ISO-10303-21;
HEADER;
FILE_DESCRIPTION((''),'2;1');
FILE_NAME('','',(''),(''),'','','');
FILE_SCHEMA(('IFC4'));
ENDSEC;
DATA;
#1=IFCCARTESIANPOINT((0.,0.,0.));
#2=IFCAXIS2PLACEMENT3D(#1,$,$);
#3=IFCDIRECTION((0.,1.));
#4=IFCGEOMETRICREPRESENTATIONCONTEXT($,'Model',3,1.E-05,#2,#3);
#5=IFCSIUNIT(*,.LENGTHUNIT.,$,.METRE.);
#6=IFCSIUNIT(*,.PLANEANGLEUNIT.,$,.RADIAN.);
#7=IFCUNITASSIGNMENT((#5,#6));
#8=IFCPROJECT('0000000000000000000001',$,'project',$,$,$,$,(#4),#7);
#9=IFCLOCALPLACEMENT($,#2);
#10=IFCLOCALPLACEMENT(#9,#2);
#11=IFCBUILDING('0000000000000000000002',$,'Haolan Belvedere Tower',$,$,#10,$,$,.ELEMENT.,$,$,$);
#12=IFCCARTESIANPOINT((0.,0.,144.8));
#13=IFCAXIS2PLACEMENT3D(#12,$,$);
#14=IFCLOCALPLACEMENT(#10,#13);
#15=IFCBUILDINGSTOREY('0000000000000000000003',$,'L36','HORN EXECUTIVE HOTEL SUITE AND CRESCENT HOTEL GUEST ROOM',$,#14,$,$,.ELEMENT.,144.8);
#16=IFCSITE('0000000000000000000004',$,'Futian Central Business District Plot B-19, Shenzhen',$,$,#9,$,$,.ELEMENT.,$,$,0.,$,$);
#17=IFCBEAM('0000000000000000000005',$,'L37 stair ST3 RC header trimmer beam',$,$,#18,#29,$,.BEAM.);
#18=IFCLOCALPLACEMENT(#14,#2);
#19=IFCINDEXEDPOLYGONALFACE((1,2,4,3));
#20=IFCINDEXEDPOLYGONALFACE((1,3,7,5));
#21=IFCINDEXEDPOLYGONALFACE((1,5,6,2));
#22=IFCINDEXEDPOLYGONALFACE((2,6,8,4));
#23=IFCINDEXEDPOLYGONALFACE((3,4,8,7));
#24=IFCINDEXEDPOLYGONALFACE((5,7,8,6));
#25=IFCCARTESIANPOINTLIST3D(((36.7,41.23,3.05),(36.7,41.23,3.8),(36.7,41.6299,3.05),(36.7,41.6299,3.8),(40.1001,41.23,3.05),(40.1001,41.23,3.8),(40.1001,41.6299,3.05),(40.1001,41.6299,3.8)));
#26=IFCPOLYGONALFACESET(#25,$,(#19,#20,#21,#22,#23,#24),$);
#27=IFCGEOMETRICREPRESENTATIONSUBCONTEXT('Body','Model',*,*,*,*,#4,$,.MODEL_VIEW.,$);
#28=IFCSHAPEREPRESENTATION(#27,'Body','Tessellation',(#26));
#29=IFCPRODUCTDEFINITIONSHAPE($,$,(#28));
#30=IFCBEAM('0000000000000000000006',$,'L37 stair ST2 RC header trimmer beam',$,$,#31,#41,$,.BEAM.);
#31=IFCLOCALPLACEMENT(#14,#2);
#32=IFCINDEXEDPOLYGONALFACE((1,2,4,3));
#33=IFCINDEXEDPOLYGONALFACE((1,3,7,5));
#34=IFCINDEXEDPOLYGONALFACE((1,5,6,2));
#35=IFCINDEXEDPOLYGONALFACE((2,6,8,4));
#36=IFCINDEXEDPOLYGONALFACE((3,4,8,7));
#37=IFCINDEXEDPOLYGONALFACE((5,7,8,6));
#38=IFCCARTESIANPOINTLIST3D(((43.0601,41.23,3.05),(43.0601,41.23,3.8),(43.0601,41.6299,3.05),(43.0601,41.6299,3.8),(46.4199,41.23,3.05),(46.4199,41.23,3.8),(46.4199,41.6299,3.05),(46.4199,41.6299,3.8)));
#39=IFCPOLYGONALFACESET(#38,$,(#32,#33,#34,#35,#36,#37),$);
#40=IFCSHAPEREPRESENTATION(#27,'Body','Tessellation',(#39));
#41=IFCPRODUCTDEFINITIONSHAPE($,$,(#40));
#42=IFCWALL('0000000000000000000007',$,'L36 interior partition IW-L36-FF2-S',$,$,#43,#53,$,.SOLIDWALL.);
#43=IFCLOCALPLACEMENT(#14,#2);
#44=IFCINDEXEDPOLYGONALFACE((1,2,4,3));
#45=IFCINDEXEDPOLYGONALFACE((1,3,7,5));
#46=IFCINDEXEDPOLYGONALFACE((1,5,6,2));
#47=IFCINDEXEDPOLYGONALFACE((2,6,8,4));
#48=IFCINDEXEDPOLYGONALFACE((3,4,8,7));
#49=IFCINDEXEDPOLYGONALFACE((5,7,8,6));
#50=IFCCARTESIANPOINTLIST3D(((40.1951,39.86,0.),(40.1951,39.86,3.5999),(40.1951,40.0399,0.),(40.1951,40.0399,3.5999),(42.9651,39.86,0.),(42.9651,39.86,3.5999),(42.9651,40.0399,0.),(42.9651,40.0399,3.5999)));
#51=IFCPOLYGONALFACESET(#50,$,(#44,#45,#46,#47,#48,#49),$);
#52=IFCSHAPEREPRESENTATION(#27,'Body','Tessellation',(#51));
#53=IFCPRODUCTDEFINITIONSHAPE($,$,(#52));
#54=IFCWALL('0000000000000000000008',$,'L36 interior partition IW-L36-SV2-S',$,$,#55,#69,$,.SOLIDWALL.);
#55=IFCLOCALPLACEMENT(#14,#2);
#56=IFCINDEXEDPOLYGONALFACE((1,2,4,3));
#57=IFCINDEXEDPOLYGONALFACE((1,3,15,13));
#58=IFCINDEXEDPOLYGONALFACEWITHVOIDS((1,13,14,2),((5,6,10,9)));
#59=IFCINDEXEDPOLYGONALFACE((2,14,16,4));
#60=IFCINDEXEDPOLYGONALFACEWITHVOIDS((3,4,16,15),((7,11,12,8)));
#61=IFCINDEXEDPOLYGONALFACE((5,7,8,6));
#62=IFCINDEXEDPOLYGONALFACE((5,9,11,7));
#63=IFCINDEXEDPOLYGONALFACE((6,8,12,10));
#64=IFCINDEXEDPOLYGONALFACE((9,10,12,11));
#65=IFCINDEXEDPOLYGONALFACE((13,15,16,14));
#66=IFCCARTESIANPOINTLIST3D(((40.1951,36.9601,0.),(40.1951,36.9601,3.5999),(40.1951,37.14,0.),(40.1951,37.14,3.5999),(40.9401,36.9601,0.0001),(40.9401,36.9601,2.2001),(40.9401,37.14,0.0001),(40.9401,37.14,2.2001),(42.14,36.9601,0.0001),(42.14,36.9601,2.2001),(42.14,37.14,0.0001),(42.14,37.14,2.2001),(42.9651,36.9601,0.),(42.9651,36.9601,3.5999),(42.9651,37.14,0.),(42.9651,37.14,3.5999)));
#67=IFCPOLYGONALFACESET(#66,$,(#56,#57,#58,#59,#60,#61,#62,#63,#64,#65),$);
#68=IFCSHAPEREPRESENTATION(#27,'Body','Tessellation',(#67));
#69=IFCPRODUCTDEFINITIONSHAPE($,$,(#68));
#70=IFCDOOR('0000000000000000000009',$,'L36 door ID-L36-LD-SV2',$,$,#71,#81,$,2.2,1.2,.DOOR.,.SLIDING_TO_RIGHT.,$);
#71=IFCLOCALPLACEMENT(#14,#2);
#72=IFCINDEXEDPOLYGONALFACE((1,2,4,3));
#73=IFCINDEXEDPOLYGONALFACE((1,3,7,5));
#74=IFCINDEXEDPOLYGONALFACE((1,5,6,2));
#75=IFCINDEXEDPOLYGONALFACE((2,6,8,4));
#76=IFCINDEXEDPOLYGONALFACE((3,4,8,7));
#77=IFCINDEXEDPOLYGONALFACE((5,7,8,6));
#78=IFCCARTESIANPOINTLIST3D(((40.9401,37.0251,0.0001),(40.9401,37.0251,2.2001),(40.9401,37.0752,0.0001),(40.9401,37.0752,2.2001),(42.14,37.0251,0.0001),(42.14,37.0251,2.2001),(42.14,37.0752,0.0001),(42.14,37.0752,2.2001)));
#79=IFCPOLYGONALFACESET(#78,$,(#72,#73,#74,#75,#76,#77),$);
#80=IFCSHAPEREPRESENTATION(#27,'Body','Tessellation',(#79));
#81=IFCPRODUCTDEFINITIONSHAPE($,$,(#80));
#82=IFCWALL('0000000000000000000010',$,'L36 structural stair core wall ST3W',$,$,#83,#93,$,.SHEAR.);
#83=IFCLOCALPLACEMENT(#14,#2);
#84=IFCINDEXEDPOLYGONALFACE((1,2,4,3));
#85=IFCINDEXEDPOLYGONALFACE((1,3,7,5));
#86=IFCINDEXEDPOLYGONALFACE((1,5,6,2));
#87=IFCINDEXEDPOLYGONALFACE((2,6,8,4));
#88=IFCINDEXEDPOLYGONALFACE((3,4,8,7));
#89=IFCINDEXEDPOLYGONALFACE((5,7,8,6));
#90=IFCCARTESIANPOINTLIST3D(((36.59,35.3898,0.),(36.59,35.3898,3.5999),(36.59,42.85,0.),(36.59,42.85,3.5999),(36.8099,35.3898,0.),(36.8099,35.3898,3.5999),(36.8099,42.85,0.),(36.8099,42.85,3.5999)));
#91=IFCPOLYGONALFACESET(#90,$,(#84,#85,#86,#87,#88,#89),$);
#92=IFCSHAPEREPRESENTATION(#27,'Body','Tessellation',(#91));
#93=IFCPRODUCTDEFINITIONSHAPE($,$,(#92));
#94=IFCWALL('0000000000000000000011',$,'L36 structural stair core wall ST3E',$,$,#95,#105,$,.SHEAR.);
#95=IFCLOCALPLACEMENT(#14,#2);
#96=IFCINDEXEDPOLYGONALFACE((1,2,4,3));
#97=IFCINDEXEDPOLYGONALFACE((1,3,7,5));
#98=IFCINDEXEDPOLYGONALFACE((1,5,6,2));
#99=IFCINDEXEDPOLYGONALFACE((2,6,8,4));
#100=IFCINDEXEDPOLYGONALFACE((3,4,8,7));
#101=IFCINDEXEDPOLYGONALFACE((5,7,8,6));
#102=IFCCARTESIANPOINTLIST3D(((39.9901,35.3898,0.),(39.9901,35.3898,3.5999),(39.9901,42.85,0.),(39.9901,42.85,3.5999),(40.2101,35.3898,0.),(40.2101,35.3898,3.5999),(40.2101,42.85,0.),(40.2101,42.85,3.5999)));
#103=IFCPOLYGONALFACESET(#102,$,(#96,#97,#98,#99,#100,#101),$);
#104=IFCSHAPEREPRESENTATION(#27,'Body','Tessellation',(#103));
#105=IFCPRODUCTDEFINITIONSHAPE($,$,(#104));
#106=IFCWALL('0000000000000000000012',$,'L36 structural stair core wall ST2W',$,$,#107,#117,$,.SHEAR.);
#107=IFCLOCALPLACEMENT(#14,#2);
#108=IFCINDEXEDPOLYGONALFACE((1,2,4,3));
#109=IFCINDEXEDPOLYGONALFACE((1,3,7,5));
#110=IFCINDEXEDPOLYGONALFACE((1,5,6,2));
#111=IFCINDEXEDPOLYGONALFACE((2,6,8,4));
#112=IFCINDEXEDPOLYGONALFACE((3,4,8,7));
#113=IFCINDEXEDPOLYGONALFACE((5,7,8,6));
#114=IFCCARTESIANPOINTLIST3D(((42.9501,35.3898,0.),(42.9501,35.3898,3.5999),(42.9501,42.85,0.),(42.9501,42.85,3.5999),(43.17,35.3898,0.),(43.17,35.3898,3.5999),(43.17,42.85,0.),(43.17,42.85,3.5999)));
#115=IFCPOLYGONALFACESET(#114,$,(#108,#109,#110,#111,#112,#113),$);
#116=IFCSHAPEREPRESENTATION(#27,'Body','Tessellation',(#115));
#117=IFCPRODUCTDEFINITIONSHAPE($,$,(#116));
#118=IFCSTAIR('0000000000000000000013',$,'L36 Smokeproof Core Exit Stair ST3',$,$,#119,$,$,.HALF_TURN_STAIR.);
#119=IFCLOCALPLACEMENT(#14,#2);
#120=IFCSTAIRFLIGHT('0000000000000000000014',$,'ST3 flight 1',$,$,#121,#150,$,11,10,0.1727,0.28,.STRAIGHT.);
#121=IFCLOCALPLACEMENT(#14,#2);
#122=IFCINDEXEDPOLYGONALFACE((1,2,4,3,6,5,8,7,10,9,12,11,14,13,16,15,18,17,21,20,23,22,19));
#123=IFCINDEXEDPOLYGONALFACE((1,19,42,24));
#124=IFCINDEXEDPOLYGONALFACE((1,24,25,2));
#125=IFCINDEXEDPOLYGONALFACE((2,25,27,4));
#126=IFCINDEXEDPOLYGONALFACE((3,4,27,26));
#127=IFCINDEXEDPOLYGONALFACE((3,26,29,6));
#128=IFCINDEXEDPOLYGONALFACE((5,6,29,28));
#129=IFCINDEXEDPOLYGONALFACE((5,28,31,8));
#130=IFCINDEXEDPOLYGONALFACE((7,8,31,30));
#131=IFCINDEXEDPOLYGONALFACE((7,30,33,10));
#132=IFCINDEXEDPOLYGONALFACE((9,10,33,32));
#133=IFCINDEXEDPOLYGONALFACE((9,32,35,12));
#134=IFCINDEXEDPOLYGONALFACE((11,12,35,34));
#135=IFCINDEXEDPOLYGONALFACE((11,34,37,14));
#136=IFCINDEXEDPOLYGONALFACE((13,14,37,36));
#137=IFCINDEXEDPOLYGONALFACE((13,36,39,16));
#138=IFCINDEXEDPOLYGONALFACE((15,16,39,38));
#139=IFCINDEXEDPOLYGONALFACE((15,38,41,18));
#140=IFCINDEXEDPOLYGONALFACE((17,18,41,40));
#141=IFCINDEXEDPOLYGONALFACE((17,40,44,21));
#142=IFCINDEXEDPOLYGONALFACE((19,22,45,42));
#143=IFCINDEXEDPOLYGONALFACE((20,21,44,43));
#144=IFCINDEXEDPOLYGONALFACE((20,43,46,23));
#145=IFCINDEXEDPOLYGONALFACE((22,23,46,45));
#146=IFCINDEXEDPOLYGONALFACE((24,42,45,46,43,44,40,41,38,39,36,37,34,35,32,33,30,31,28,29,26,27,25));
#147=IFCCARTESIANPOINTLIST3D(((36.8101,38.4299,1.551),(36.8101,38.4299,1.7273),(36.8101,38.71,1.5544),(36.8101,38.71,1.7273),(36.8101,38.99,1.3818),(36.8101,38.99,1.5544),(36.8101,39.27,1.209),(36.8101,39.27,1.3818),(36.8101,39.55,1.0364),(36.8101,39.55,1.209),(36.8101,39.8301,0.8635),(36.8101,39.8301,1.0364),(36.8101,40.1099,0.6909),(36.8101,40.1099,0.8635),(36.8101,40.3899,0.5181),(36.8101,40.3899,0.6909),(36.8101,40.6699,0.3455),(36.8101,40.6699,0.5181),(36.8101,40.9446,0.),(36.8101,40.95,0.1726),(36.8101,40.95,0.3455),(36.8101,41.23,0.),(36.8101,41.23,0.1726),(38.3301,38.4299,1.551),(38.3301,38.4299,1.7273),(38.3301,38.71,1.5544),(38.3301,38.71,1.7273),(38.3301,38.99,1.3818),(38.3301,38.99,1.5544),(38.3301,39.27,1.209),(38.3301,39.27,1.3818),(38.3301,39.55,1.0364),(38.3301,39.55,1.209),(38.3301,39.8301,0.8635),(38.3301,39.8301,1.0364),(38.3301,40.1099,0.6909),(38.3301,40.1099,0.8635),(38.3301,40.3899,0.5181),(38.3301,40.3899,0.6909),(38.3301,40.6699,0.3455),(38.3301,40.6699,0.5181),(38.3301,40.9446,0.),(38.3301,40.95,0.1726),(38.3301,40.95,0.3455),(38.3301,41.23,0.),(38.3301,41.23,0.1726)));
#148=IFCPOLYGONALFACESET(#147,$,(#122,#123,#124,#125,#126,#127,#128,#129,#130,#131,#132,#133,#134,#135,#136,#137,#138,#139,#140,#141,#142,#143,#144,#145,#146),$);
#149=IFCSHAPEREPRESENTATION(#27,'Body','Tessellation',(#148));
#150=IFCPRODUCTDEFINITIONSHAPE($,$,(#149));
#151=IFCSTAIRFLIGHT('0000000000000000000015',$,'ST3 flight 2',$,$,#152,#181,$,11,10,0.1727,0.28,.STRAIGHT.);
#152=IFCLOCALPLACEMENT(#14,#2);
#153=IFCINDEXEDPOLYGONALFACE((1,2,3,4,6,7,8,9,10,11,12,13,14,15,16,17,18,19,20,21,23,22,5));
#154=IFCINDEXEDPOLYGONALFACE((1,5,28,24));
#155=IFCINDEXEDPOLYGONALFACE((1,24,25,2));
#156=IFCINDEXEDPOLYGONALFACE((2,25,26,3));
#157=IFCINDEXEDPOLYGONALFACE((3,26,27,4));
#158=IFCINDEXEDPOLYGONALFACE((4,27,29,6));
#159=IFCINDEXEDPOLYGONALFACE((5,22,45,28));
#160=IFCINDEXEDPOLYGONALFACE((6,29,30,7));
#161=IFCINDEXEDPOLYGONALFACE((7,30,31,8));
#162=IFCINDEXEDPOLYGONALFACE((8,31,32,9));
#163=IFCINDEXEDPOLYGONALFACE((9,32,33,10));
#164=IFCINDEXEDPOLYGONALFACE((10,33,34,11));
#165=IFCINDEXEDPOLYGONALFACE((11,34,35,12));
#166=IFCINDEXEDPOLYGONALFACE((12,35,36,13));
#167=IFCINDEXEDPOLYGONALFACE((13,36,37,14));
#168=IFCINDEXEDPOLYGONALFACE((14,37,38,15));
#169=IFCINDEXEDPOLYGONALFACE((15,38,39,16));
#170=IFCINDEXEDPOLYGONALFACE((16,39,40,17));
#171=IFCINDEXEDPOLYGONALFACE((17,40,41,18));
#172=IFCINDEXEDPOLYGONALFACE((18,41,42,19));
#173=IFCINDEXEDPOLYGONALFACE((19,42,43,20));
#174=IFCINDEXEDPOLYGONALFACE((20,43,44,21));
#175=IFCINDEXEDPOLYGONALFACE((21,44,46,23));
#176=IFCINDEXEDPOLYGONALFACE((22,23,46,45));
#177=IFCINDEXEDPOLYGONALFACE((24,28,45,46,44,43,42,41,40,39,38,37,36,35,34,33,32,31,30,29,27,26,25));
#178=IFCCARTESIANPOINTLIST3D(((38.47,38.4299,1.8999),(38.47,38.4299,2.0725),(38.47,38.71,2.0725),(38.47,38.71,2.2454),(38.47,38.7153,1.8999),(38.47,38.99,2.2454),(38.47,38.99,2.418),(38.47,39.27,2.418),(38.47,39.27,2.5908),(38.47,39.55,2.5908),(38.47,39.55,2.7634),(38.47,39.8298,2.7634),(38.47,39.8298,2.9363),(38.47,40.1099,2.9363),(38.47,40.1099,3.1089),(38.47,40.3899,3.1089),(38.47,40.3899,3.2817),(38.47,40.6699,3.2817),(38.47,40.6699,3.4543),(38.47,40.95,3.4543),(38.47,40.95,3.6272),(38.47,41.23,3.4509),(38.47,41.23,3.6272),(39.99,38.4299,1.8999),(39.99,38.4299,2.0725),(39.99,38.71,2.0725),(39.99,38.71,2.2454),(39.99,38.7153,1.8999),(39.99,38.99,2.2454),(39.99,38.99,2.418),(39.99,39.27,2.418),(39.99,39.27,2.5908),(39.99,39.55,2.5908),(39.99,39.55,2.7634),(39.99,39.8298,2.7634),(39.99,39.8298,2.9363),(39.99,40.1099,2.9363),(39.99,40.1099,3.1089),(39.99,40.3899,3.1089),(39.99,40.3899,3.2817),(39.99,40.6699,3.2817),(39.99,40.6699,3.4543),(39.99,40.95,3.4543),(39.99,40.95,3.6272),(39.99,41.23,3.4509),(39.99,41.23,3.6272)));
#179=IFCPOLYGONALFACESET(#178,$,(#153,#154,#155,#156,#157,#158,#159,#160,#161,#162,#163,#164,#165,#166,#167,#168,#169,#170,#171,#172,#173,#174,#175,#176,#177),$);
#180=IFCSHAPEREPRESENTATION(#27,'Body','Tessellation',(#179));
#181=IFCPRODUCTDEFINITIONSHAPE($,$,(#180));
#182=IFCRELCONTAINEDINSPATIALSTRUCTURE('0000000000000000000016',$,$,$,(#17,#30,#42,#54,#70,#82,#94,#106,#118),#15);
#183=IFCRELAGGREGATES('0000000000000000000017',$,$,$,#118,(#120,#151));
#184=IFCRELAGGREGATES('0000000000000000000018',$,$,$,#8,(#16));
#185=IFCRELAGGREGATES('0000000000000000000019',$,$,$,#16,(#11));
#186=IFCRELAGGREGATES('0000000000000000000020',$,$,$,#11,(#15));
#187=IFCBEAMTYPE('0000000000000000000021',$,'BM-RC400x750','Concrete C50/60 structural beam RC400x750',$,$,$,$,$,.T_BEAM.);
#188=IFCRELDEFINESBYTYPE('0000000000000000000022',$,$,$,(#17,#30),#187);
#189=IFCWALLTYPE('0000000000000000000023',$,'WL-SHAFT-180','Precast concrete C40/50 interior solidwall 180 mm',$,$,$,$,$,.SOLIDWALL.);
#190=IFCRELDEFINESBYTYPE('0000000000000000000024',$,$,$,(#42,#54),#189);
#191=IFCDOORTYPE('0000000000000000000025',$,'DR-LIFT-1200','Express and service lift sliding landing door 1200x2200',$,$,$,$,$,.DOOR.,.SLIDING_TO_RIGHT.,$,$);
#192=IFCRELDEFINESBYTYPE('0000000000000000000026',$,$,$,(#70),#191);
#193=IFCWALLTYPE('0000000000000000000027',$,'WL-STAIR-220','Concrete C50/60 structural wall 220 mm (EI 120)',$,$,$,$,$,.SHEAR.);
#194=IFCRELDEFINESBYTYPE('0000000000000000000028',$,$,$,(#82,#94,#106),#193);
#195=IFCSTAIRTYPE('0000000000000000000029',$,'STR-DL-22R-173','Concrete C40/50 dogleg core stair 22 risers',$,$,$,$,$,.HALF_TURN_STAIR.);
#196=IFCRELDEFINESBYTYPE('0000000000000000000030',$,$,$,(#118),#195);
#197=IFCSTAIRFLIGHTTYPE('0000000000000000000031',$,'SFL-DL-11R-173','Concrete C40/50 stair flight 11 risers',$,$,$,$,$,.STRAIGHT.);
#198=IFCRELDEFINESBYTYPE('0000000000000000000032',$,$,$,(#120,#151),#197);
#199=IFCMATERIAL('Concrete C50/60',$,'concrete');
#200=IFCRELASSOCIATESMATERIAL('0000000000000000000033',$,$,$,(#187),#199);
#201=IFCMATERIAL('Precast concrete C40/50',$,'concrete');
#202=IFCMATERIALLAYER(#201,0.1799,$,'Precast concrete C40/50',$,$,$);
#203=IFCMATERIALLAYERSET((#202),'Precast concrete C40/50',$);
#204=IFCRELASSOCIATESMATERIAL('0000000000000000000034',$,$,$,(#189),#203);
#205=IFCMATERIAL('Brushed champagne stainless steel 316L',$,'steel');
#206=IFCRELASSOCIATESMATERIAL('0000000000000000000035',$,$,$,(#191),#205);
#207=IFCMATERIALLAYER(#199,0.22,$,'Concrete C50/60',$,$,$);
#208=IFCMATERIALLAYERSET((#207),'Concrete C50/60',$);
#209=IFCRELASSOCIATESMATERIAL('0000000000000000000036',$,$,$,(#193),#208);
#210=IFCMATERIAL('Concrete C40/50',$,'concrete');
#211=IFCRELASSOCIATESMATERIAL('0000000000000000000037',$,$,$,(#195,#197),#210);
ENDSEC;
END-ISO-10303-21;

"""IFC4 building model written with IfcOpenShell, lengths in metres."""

from ifc_helpers import new_model, si_unit, direction, frame, frame_2d, origin, origin_2d, place, context, subcontext, project, spatial, polyline, rectangle, outline, extrude, material, layer, layer_set, material_profile, profile_set, type_object, element, fill, aggregate, save


model = new_model("IFC4")

# Units and contexts
model_context = context("Model", 3, precision=1e-05, world=origin(), true_north=direction((0.0, 1.0)))
body_context = subcontext(model_context, "Body", "Model", "MODEL_VIEW")
ifc_project = project(units=[si_unit("LENGTHUNIT", "METRE"), si_unit("PLANEANGLEUNIT", "RADIAN")], contexts=[model_context])

# Site, building, storey
site_placement = place(None, origin())
site = spatial("IfcSite", under=ifc_project, at=site_placement, Name="Futian Central Business District Plot B-19, Shenzhen", CompositionType="ELEMENT", RefElevation=0.0)
building_placement = place(site_placement, origin())
building = spatial("IfcBuilding", under=site, at=building_placement, Name="Haolan Belvedere Tower", CompositionType="ELEMENT")
storey_placement = place(building_placement, frame((0.0, 0.0, 144.8)))
storey = spatial("IfcBuildingStorey", under=building, at=storey_placement, Name="L36", Description="HORN EXECUTIVE HOTEL SUITE AND CRESCENT HOTEL GUEST ROOM", CompositionType="ELEMENT", Elevation=144.8)

# Beams
ifc_material_1 = material(Name="Concrete C50/60", Category="concrete")
ifc_material_profile = material_profile(ifc_material_1, rectangle(XDim=0.3999, YDim=0.75, at=origin_2d()), Name="Concrete C50/60")
ifc_profile_set = profile_set([ifc_material_profile], Name="Concrete C50/60")
beam_type = type_object("IfcBeamType", Name="BM-RC400x750", Description="Concrete C50/60 structural beam RC400x750", PredefinedType="T_BEAM", material=ifc_profile_set)
beam_1_placement = place(storey_placement, frame((36.7, 41.4299, 3.425), z_axis=(1.0, 0.0, 0.0), x_axis=(0.0, 1.0, 0.0)))
element("IfcBeam", 1, at=beam_1_placement, inside=storey, type_object=beam_type, Name="L37 stair ST3 RC header trimmer beam", PredefinedType="BEAM", context=body_context, shape_type="SweptSolid", body=[
    extrude(rectangle(XDim=0.3999, YDim=0.75, at=origin_2d()), origin(), (0.0, 0.0, 1.0), 3.4001),
])
beam_2_placement = place(storey_placement, frame((43.0601, 41.4299, 3.425), z_axis=(1.0, 0.0, 0.0), x_axis=(0.0, 1.0, 0.0)))
element("IfcBeam", 2, at=beam_2_placement, inside=storey, type_object=beam_type, Name="L37 stair ST2 RC header trimmer beam", PredefinedType="BEAM", context=body_context, shape_type="SweptSolid", body=[
    extrude(rectangle(XDim=0.3999, YDim=0.75, at=origin_2d()), origin(), (0.0, 0.0, 1.0), 3.3599),
])

# Wall
ifc_material_2 = material(Name="Precast concrete C40/50", Category="concrete")
ifc_layer_1 = layer(ifc_material_2, 0.1799, Name="Precast concrete C40/50")
ifc_layer_set_1 = layer_set([ifc_layer_1], Name="Precast concrete C40/50")
wall_type_1 = type_object("IfcWallType", Name="WL-SHAFT-180", Description="Precast concrete C40/50 interior solidwall 180 mm", PredefinedType="SOLIDWALL", material=ifc_layer_set_1)
wall_1_placement = place(storey_placement, frame((40.1951, 39.95, 0.0), z_axis=(0.0, 0.0, 1.0), x_axis=(1.0, 0.0, 0.0)))
element("IfcWall", 3, at=wall_1_placement, inside=storey, type_object=wall_type_1, Name="L36 interior partition IW-L36-FF2-S", PredefinedType="SOLIDWALL", context=body_context, shape_type="SweptSolid", body=[
    extrude(rectangle(XDim=2.77, YDim=0.1799, at=frame_2d((1.385, 0.0))), origin(), (0.0, 0.0, 1.0), 3.5999),
])

# Wall, opening, door
wall_2_placement = place(storey_placement, frame((40.1951, 37.05, 0.0), z_axis=(0.0, 0.0, 1.0), x_axis=(1.0, 0.0, 0.0)))
wall_2 = element("IfcWall", 4, at=wall_2_placement, inside=storey, type_object=wall_type_1, Name="L36 interior partition IW-L36-SV2-S", PredefinedType="SOLIDWALL", context=body_context, shape_type="SweptSolid", body=[
    extrude(rectangle(XDim=2.77, YDim=0.1799, at=frame_2d((1.385, 0.0))), origin(), (0.0, 0.0, 1.0), 3.5999),
])
opening_placement = place(wall_2_placement, frame((1.9451, 0.0, 0.0), z_axis=(0.0, 0.0, 1.0), x_axis=(-1.0, 0.0, 0.0)))
opening = element("IfcOpeningElement", 5, at=opening_placement, cuts=wall_2, PredefinedType="OPENING", context=body_context, shape_type="SweptSolid", body=[
    extrude(rectangle(XDim=1.2, YDim=2.2, at=frame_2d((0.6001, 1.1001))), frame((0.0, 0.0999, 0.0), z_axis=(0.0, -1.0, 0.0), x_axis=(1.0, 0.0, 0.0)), (0.0, 0.0, 1.0), 0.2),
])
ifc_material_3 = material(Name="Brushed champagne stainless steel 316L", Category="steel")
door_type = type_object("IfcDoorType", Name="DR-LIFT-1200", Description="Express and service lift sliding landing door 1200x2200", OperationType="SLIDING_TO_RIGHT", PredefinedType="DOOR", material=ifc_material_3)
door_placement = place(opening_placement, origin())
door = element("IfcDoor", 6, at=door_placement, inside=storey, type_object=door_type, Name="L36 door ID-L36-LD-SV2", OperationType="SLIDING_TO_RIGHT", OverallHeight=2.2, OverallWidth=1.2, PredefinedType="DOOR", context=body_context, shape_type="SweptSolid", body=[
    extrude(rectangle(XDim=1.2, YDim=2.2, at=frame_2d((0.6001, 1.1001))), frame((0.0, 0.0249, 0.0), z_axis=(0.0, -1.0, 0.0), x_axis=(1.0, 0.0, 0.0)), (0.0, 0.0, 1.0), 0.05),
])
fill(opening, door)

# Walls
ifc_layer_2 = layer(ifc_material_1, 0.22, Name="Concrete C50/60")
ifc_layer_set_2 = layer_set([ifc_layer_2], Name="Concrete C50/60")
wall_type_2 = type_object("IfcWallType", Name="WL-STAIR-220", Description="Concrete C50/60 structural wall 220 mm (EI 120)", PredefinedType="SHEAR", material=ifc_layer_set_2)
for number, where, z_axis, x_axis, name in (
    (7, (36.7, 35.3899, 0.0), (0.0, 0.0, 1.0), (0.0, 1.0, 0.0), "L36 structural stair core wall ST3W"),
    (8, (40.1001, 35.3899, 0.0), (0.0, 0.0, 1.0), (0.0, 1.0, 0.0), "L36 structural stair core wall ST3E"),
    (9, (43.0601, 35.3899, 0.0), (0.0, 0.0, 1.0), (0.0, 1.0, 0.0), "L36 structural stair core wall ST2W"),
):
    element("IfcWall", number, at=place(storey_placement, frame(where, z_axis=z_axis, x_axis=x_axis)), inside=storey, type_object=wall_type_2, Name=name, PredefinedType="SHEAR", context=body_context, shape_type="SweptSolid", body=[
        extrude(rectangle(XDim=7.4602, YDim=0.22, at=frame_2d((3.73, 0.0))), origin(), (0.0, 0.0, 1.0), 3.5999),
    ])

# Stair, stair flights
ifc_material_4 = material(Name="Concrete C40/50", Category="concrete")
stair_type = type_object("IfcStairType", Name="STR-DL-22R-173", Description="Concrete C40/50 dogleg core stair 22 risers", PredefinedType="HALF_TURN_STAIR", material=ifc_material_4)
stair_1_placement = place(storey_placement, origin())
stair_1 = element("IfcStair", 10, at=stair_1_placement, inside=storey, type_object=stair_type, Name="L36 Smokeproof Core Exit Stair ST3", PredefinedType="HALF_TURN_STAIR")
stair_flight_type = type_object("IfcStairFlightType", Name="SFL-DL-11R-173", Description="Concrete C40/50 stair flight 11 risers", PredefinedType="STRAIGHT", material=ifc_material_4)
stair_flight_1_placement = place(storey_placement, frame((37.5701, 41.23, 0.0), z_axis=(0.0, 0.0, 1.0), x_axis=(0.0, -1.0, 0.0)))
stair_flight_1 = element("IfcStairFlight", 11, at=stair_flight_1_placement, type_object=stair_flight_type, Name="ST3 flight 1", NumberOfRisers=11, NumberOfTreads=10, PredefinedType="STRAIGHT", RiserHeight=0.1727, TreadLength=0.28, context=body_context, shape_type="SweptSolid", body=[
    extrude(outline(polyline([(0.0, 0.0), (0.0, 0.1726), (0.28, 0.1726), (0.28, 0.3455), (0.5601, 0.3455), (0.5601, 0.5181), (0.8401, 0.5181), (0.8401, 0.6909), (1.1201, 0.6909), (1.1201, 0.8635), (1.3999, 0.8635), (1.3999, 1.0364), (1.6799, 1.0364), (1.6799, 1.209), (1.96, 1.209), (1.96, 1.3818), (2.24, 1.3818), (2.24, 1.5544), (2.52, 1.5544), (2.52, 1.7273), (2.8, 1.7273), (2.8, 1.8999), (2.8, 1.551), (0.2854, 0.0), (0.0, 0.0)])), frame((0.0, 0.76, 0.0), z_axis=(0.0, -1.0, 0.0), x_axis=(1.0, 0.0, 0.0)), (0.0, 0.0, 1.0), 1.52),
])
stair_flight_2_placement = place(storey_placement, frame((39.23, 38.4299, 1.8999), z_axis=(0.0, 0.0, 1.0), x_axis=(0.0, 1.0, 0.0)))
stair_flight_2 = element("IfcStairFlight", 12, at=stair_flight_2_placement, type_object=stair_flight_type, Name="ST3 flight 2", NumberOfRisers=11, NumberOfTreads=10, PredefinedType="STRAIGHT", RiserHeight=0.1727, TreadLength=0.28, context=body_context, shape_type="SweptSolid", body=[
    extrude(outline(polyline([(0.0, 0.0), (0.0, 0.1726), (0.28, 0.1726), (0.28, 0.3455), (0.5601, 0.3455), (0.5601, 0.5181), (0.8401, 0.5181), (0.8401, 0.6909), (1.1201, 0.6909), (1.1201, 0.8635), (1.3999, 0.8635), (1.3999, 1.0364), (1.6799, 1.0364), (1.6799, 1.209), (1.96, 1.209), (1.96, 1.3818), (2.24, 1.3818), (2.24, 1.5544), (2.52, 1.5544), (2.52, 1.7273), (2.8, 1.7273), (2.8, 1.8999), (2.8, 1.551), (0.2854, 0.0), (0.0, 0.0)])), frame((0.0, 0.76, 0.0), z_axis=(0.0, -1.0, 0.0), x_axis=(1.0, 0.0, 0.0)), (0.0, 0.0, 1.0), 1.52),
])
aggregate(stair_1, [stair_flight_1, stair_flight_2])

save(model, "model.ifc")
